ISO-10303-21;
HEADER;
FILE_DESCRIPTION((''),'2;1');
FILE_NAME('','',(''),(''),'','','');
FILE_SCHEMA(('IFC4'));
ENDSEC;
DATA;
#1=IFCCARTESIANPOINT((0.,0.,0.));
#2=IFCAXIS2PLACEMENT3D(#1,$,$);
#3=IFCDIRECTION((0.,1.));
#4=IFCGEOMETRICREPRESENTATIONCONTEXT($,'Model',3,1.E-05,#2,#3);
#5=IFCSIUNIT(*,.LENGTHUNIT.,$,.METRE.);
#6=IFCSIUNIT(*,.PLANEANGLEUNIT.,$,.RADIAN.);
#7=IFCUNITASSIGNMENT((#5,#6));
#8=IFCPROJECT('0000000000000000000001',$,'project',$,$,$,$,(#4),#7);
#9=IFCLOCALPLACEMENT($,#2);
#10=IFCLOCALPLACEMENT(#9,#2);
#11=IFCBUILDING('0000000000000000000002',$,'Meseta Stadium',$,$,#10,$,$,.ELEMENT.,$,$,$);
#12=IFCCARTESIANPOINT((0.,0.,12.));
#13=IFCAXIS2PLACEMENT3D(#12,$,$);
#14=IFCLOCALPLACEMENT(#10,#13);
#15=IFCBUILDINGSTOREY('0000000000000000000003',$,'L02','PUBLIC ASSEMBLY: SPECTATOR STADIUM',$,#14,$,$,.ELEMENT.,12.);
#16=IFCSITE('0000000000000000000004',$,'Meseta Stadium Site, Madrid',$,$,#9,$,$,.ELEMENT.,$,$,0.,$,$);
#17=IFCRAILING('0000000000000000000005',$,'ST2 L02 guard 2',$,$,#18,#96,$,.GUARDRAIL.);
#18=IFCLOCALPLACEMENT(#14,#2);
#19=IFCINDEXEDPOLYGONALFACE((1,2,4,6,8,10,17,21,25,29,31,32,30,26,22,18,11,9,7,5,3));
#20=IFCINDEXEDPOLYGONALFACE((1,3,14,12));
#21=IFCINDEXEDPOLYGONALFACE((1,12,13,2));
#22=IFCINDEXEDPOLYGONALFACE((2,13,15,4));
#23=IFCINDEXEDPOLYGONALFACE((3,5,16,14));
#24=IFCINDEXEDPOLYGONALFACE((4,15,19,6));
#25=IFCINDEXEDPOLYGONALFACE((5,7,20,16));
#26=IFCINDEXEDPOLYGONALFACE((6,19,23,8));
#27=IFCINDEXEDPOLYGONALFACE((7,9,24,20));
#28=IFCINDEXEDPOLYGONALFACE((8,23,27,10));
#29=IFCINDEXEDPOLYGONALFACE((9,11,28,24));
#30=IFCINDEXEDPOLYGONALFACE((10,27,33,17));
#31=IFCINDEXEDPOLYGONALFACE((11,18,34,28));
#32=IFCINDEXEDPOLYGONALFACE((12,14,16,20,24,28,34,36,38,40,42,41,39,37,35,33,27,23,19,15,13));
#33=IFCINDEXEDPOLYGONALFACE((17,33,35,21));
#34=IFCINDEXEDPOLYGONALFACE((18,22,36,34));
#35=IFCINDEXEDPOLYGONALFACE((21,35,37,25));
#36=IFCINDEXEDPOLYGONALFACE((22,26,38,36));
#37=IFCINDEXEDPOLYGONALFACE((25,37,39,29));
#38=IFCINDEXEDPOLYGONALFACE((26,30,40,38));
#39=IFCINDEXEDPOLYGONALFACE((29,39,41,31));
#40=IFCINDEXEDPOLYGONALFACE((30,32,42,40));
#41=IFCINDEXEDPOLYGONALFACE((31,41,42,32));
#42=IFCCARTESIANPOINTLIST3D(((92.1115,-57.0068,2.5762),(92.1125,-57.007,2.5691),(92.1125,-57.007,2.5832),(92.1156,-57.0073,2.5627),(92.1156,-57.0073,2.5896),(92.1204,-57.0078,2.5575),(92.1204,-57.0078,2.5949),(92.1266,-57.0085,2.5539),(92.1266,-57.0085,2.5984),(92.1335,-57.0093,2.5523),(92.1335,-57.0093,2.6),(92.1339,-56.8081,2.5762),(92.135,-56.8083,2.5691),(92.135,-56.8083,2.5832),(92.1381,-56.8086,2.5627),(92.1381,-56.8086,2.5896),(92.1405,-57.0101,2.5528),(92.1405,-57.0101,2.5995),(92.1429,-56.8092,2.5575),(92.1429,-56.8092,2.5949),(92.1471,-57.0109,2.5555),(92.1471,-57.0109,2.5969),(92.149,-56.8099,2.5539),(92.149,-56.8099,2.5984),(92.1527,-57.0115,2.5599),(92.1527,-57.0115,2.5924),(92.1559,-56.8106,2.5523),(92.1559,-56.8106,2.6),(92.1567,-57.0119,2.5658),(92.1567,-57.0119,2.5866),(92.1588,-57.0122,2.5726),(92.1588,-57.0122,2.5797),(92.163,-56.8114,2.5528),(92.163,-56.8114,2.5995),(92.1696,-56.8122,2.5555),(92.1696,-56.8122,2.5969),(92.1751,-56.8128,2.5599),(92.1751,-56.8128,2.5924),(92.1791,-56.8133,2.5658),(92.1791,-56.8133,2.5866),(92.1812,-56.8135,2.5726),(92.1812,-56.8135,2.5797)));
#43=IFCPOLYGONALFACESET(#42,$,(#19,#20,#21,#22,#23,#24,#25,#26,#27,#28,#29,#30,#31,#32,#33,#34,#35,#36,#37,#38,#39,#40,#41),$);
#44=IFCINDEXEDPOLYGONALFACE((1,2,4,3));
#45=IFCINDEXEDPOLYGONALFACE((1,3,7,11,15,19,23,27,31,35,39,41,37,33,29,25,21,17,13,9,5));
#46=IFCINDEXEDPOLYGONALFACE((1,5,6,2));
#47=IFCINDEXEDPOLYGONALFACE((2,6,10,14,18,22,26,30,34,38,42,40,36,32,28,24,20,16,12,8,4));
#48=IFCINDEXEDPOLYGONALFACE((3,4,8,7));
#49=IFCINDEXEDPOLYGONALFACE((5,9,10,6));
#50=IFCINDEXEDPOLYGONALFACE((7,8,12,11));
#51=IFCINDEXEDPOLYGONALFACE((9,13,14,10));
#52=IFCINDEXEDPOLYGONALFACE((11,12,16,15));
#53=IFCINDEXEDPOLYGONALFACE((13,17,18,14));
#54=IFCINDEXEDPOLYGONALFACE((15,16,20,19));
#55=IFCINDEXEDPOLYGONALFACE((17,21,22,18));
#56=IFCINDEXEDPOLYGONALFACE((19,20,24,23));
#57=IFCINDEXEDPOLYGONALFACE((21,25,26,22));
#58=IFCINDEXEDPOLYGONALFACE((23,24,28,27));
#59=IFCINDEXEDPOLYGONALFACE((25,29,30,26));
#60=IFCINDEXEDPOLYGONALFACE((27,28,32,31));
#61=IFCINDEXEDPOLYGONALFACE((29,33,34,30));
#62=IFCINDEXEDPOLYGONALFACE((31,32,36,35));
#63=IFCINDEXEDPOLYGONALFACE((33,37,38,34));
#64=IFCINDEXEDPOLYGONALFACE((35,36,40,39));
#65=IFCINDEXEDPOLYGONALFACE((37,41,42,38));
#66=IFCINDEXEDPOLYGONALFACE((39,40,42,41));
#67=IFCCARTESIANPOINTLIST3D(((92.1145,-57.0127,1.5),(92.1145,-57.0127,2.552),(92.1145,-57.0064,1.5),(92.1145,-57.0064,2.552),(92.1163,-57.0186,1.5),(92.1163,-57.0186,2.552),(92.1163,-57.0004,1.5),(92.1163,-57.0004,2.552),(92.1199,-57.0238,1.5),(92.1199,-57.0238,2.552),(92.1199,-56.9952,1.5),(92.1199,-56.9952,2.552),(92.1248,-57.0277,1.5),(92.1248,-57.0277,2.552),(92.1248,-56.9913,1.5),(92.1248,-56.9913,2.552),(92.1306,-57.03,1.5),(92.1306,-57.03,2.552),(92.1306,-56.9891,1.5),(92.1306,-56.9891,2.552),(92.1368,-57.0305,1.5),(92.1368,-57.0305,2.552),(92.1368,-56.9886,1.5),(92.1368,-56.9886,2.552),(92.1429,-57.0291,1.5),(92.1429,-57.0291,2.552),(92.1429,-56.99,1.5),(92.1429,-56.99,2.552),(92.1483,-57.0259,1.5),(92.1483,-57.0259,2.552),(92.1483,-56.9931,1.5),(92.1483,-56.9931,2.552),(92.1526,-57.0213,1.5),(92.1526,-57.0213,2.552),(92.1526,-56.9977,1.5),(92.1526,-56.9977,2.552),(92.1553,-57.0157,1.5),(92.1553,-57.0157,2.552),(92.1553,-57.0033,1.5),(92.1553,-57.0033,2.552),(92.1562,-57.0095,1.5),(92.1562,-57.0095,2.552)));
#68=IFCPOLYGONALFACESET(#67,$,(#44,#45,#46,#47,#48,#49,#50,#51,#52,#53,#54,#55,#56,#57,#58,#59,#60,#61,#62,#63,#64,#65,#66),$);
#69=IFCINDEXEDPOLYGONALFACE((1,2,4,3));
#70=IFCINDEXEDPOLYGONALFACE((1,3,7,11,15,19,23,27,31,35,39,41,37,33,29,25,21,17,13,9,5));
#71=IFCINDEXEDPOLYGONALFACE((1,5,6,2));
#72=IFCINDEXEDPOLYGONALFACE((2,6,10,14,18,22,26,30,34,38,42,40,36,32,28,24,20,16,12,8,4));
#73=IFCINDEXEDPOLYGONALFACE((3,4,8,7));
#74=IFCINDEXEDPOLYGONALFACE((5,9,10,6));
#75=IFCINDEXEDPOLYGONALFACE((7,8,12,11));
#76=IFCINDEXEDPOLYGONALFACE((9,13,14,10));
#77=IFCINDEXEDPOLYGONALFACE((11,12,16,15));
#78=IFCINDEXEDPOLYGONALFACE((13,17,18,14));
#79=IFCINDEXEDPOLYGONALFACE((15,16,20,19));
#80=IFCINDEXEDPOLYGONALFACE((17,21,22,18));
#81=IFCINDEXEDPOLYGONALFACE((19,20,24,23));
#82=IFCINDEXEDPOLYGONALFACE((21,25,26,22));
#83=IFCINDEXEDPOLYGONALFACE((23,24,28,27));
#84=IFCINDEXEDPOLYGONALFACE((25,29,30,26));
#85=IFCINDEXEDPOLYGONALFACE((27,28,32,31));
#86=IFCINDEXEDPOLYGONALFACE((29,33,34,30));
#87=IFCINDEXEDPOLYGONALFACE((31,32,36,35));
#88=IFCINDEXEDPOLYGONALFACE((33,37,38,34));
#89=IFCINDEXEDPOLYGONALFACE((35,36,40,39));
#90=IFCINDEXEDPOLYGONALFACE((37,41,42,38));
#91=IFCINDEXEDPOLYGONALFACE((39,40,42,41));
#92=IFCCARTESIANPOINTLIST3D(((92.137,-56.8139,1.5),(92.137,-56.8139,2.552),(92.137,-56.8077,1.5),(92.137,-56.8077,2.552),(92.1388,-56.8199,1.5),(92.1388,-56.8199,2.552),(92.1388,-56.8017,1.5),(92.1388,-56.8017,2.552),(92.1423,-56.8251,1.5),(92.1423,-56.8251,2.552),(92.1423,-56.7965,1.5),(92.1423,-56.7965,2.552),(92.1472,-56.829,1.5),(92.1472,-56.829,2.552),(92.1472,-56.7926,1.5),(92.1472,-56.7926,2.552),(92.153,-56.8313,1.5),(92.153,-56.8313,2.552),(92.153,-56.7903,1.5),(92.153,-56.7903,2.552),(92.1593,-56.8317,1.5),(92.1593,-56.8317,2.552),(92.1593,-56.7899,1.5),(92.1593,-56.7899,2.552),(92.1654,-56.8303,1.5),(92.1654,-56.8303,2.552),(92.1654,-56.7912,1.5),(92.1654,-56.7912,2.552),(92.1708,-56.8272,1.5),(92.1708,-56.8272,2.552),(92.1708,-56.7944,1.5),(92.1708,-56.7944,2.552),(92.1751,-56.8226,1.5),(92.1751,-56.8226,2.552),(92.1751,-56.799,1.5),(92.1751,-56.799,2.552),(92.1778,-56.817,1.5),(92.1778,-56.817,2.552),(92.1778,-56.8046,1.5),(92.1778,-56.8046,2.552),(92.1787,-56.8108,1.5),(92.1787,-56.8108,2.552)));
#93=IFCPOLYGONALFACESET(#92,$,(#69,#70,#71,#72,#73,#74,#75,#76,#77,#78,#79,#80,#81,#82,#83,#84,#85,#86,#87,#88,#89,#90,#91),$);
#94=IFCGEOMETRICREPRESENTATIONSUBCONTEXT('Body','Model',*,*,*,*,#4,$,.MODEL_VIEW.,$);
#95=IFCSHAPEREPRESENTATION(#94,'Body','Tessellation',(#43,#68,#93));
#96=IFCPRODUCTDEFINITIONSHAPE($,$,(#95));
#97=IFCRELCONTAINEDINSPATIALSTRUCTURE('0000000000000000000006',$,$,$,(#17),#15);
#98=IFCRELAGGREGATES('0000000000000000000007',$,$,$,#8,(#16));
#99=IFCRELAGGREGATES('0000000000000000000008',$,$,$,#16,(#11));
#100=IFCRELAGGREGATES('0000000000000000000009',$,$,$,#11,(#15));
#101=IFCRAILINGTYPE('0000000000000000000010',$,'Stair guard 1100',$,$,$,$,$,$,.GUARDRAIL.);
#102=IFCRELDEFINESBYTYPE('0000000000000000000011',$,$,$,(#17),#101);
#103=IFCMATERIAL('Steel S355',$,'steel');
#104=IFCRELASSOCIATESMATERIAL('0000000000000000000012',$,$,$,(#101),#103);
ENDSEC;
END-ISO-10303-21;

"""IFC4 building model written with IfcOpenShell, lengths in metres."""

from ifc_helpers import new_model, si_unit, direction, frame, origin, origin_2d, place, context, subcontext, project, spatial, circle, extrude, material, type_object, element, save


model = new_model("IFC4")

# Units and contexts
model_context = context("Model", 3, precision=1e-05, world=origin(), true_north=direction((0.0, 1.0)))
body_context = subcontext(model_context, "Body", "Model", "MODEL_VIEW")
ifc_project = project(units=[si_unit("LENGTHUNIT", "METRE"), si_unit("PLANEANGLEUNIT", "RADIAN")], contexts=[model_context])

# Site, building, storey
site_placement = place(None, origin())
site = spatial("IfcSite", under=ifc_project, at=site_placement, Name="Meseta Stadium Site, Madrid", CompositionType="ELEMENT", RefElevation=0.0)
building_placement = place(site_placement, origin())
building = spatial("IfcBuilding", under=site, at=building_placement, Name="Meseta Stadium", CompositionType="ELEMENT")
storey_placement = place(building_placement, frame((0.0, 0.0, 12.0)))
storey = spatial("IfcBuildingStorey", under=building, at=storey_placement, Name="L02", Description="PUBLIC ASSEMBLY: SPECTATOR STADIUM", CompositionType="ELEMENT", Elevation=12.0)

# Railing
ifc_material_1 = material(Name="Steel S355", Category="steel")
railing_type_1 = type_object("IfcRailingType", Name="Stair guard 1100", PredefinedType="GUARDRAIL", material=ifc_material_1)
railing_1_placement = place(storey_placement, frame((92.1353, -57.0095, 1.5)))
element("IfcRailing", 1, at=railing_1_placement, inside=storey, type_object=railing_type_1, Name="ST2 L02 guard 2", PredefinedType="GUARDRAIL", context=body_context, shape_type="SweptSolid", body=[
    extrude(circle(Radius=0.0239, at=origin_2d()), frame((0.0, 0.0, 1.0762), z_axis=(0.112307, 0.993674, 0.0), x_axis=(-0.993674, 0.112307, 0.0)), (0.0, 0.0, 1.0), 0.2),
    extrude(circle(Radius=0.021, at=origin_2d()), origin(), (0.0, 0.0, 1.0), 1.052),
    extrude(circle(Radius=0.021, at=origin_2d()), frame((0.0225, 0.1987, 0.0)), (0.0, 0.0, 1.0), 1.052),
])

save(model, "model.ifc")
